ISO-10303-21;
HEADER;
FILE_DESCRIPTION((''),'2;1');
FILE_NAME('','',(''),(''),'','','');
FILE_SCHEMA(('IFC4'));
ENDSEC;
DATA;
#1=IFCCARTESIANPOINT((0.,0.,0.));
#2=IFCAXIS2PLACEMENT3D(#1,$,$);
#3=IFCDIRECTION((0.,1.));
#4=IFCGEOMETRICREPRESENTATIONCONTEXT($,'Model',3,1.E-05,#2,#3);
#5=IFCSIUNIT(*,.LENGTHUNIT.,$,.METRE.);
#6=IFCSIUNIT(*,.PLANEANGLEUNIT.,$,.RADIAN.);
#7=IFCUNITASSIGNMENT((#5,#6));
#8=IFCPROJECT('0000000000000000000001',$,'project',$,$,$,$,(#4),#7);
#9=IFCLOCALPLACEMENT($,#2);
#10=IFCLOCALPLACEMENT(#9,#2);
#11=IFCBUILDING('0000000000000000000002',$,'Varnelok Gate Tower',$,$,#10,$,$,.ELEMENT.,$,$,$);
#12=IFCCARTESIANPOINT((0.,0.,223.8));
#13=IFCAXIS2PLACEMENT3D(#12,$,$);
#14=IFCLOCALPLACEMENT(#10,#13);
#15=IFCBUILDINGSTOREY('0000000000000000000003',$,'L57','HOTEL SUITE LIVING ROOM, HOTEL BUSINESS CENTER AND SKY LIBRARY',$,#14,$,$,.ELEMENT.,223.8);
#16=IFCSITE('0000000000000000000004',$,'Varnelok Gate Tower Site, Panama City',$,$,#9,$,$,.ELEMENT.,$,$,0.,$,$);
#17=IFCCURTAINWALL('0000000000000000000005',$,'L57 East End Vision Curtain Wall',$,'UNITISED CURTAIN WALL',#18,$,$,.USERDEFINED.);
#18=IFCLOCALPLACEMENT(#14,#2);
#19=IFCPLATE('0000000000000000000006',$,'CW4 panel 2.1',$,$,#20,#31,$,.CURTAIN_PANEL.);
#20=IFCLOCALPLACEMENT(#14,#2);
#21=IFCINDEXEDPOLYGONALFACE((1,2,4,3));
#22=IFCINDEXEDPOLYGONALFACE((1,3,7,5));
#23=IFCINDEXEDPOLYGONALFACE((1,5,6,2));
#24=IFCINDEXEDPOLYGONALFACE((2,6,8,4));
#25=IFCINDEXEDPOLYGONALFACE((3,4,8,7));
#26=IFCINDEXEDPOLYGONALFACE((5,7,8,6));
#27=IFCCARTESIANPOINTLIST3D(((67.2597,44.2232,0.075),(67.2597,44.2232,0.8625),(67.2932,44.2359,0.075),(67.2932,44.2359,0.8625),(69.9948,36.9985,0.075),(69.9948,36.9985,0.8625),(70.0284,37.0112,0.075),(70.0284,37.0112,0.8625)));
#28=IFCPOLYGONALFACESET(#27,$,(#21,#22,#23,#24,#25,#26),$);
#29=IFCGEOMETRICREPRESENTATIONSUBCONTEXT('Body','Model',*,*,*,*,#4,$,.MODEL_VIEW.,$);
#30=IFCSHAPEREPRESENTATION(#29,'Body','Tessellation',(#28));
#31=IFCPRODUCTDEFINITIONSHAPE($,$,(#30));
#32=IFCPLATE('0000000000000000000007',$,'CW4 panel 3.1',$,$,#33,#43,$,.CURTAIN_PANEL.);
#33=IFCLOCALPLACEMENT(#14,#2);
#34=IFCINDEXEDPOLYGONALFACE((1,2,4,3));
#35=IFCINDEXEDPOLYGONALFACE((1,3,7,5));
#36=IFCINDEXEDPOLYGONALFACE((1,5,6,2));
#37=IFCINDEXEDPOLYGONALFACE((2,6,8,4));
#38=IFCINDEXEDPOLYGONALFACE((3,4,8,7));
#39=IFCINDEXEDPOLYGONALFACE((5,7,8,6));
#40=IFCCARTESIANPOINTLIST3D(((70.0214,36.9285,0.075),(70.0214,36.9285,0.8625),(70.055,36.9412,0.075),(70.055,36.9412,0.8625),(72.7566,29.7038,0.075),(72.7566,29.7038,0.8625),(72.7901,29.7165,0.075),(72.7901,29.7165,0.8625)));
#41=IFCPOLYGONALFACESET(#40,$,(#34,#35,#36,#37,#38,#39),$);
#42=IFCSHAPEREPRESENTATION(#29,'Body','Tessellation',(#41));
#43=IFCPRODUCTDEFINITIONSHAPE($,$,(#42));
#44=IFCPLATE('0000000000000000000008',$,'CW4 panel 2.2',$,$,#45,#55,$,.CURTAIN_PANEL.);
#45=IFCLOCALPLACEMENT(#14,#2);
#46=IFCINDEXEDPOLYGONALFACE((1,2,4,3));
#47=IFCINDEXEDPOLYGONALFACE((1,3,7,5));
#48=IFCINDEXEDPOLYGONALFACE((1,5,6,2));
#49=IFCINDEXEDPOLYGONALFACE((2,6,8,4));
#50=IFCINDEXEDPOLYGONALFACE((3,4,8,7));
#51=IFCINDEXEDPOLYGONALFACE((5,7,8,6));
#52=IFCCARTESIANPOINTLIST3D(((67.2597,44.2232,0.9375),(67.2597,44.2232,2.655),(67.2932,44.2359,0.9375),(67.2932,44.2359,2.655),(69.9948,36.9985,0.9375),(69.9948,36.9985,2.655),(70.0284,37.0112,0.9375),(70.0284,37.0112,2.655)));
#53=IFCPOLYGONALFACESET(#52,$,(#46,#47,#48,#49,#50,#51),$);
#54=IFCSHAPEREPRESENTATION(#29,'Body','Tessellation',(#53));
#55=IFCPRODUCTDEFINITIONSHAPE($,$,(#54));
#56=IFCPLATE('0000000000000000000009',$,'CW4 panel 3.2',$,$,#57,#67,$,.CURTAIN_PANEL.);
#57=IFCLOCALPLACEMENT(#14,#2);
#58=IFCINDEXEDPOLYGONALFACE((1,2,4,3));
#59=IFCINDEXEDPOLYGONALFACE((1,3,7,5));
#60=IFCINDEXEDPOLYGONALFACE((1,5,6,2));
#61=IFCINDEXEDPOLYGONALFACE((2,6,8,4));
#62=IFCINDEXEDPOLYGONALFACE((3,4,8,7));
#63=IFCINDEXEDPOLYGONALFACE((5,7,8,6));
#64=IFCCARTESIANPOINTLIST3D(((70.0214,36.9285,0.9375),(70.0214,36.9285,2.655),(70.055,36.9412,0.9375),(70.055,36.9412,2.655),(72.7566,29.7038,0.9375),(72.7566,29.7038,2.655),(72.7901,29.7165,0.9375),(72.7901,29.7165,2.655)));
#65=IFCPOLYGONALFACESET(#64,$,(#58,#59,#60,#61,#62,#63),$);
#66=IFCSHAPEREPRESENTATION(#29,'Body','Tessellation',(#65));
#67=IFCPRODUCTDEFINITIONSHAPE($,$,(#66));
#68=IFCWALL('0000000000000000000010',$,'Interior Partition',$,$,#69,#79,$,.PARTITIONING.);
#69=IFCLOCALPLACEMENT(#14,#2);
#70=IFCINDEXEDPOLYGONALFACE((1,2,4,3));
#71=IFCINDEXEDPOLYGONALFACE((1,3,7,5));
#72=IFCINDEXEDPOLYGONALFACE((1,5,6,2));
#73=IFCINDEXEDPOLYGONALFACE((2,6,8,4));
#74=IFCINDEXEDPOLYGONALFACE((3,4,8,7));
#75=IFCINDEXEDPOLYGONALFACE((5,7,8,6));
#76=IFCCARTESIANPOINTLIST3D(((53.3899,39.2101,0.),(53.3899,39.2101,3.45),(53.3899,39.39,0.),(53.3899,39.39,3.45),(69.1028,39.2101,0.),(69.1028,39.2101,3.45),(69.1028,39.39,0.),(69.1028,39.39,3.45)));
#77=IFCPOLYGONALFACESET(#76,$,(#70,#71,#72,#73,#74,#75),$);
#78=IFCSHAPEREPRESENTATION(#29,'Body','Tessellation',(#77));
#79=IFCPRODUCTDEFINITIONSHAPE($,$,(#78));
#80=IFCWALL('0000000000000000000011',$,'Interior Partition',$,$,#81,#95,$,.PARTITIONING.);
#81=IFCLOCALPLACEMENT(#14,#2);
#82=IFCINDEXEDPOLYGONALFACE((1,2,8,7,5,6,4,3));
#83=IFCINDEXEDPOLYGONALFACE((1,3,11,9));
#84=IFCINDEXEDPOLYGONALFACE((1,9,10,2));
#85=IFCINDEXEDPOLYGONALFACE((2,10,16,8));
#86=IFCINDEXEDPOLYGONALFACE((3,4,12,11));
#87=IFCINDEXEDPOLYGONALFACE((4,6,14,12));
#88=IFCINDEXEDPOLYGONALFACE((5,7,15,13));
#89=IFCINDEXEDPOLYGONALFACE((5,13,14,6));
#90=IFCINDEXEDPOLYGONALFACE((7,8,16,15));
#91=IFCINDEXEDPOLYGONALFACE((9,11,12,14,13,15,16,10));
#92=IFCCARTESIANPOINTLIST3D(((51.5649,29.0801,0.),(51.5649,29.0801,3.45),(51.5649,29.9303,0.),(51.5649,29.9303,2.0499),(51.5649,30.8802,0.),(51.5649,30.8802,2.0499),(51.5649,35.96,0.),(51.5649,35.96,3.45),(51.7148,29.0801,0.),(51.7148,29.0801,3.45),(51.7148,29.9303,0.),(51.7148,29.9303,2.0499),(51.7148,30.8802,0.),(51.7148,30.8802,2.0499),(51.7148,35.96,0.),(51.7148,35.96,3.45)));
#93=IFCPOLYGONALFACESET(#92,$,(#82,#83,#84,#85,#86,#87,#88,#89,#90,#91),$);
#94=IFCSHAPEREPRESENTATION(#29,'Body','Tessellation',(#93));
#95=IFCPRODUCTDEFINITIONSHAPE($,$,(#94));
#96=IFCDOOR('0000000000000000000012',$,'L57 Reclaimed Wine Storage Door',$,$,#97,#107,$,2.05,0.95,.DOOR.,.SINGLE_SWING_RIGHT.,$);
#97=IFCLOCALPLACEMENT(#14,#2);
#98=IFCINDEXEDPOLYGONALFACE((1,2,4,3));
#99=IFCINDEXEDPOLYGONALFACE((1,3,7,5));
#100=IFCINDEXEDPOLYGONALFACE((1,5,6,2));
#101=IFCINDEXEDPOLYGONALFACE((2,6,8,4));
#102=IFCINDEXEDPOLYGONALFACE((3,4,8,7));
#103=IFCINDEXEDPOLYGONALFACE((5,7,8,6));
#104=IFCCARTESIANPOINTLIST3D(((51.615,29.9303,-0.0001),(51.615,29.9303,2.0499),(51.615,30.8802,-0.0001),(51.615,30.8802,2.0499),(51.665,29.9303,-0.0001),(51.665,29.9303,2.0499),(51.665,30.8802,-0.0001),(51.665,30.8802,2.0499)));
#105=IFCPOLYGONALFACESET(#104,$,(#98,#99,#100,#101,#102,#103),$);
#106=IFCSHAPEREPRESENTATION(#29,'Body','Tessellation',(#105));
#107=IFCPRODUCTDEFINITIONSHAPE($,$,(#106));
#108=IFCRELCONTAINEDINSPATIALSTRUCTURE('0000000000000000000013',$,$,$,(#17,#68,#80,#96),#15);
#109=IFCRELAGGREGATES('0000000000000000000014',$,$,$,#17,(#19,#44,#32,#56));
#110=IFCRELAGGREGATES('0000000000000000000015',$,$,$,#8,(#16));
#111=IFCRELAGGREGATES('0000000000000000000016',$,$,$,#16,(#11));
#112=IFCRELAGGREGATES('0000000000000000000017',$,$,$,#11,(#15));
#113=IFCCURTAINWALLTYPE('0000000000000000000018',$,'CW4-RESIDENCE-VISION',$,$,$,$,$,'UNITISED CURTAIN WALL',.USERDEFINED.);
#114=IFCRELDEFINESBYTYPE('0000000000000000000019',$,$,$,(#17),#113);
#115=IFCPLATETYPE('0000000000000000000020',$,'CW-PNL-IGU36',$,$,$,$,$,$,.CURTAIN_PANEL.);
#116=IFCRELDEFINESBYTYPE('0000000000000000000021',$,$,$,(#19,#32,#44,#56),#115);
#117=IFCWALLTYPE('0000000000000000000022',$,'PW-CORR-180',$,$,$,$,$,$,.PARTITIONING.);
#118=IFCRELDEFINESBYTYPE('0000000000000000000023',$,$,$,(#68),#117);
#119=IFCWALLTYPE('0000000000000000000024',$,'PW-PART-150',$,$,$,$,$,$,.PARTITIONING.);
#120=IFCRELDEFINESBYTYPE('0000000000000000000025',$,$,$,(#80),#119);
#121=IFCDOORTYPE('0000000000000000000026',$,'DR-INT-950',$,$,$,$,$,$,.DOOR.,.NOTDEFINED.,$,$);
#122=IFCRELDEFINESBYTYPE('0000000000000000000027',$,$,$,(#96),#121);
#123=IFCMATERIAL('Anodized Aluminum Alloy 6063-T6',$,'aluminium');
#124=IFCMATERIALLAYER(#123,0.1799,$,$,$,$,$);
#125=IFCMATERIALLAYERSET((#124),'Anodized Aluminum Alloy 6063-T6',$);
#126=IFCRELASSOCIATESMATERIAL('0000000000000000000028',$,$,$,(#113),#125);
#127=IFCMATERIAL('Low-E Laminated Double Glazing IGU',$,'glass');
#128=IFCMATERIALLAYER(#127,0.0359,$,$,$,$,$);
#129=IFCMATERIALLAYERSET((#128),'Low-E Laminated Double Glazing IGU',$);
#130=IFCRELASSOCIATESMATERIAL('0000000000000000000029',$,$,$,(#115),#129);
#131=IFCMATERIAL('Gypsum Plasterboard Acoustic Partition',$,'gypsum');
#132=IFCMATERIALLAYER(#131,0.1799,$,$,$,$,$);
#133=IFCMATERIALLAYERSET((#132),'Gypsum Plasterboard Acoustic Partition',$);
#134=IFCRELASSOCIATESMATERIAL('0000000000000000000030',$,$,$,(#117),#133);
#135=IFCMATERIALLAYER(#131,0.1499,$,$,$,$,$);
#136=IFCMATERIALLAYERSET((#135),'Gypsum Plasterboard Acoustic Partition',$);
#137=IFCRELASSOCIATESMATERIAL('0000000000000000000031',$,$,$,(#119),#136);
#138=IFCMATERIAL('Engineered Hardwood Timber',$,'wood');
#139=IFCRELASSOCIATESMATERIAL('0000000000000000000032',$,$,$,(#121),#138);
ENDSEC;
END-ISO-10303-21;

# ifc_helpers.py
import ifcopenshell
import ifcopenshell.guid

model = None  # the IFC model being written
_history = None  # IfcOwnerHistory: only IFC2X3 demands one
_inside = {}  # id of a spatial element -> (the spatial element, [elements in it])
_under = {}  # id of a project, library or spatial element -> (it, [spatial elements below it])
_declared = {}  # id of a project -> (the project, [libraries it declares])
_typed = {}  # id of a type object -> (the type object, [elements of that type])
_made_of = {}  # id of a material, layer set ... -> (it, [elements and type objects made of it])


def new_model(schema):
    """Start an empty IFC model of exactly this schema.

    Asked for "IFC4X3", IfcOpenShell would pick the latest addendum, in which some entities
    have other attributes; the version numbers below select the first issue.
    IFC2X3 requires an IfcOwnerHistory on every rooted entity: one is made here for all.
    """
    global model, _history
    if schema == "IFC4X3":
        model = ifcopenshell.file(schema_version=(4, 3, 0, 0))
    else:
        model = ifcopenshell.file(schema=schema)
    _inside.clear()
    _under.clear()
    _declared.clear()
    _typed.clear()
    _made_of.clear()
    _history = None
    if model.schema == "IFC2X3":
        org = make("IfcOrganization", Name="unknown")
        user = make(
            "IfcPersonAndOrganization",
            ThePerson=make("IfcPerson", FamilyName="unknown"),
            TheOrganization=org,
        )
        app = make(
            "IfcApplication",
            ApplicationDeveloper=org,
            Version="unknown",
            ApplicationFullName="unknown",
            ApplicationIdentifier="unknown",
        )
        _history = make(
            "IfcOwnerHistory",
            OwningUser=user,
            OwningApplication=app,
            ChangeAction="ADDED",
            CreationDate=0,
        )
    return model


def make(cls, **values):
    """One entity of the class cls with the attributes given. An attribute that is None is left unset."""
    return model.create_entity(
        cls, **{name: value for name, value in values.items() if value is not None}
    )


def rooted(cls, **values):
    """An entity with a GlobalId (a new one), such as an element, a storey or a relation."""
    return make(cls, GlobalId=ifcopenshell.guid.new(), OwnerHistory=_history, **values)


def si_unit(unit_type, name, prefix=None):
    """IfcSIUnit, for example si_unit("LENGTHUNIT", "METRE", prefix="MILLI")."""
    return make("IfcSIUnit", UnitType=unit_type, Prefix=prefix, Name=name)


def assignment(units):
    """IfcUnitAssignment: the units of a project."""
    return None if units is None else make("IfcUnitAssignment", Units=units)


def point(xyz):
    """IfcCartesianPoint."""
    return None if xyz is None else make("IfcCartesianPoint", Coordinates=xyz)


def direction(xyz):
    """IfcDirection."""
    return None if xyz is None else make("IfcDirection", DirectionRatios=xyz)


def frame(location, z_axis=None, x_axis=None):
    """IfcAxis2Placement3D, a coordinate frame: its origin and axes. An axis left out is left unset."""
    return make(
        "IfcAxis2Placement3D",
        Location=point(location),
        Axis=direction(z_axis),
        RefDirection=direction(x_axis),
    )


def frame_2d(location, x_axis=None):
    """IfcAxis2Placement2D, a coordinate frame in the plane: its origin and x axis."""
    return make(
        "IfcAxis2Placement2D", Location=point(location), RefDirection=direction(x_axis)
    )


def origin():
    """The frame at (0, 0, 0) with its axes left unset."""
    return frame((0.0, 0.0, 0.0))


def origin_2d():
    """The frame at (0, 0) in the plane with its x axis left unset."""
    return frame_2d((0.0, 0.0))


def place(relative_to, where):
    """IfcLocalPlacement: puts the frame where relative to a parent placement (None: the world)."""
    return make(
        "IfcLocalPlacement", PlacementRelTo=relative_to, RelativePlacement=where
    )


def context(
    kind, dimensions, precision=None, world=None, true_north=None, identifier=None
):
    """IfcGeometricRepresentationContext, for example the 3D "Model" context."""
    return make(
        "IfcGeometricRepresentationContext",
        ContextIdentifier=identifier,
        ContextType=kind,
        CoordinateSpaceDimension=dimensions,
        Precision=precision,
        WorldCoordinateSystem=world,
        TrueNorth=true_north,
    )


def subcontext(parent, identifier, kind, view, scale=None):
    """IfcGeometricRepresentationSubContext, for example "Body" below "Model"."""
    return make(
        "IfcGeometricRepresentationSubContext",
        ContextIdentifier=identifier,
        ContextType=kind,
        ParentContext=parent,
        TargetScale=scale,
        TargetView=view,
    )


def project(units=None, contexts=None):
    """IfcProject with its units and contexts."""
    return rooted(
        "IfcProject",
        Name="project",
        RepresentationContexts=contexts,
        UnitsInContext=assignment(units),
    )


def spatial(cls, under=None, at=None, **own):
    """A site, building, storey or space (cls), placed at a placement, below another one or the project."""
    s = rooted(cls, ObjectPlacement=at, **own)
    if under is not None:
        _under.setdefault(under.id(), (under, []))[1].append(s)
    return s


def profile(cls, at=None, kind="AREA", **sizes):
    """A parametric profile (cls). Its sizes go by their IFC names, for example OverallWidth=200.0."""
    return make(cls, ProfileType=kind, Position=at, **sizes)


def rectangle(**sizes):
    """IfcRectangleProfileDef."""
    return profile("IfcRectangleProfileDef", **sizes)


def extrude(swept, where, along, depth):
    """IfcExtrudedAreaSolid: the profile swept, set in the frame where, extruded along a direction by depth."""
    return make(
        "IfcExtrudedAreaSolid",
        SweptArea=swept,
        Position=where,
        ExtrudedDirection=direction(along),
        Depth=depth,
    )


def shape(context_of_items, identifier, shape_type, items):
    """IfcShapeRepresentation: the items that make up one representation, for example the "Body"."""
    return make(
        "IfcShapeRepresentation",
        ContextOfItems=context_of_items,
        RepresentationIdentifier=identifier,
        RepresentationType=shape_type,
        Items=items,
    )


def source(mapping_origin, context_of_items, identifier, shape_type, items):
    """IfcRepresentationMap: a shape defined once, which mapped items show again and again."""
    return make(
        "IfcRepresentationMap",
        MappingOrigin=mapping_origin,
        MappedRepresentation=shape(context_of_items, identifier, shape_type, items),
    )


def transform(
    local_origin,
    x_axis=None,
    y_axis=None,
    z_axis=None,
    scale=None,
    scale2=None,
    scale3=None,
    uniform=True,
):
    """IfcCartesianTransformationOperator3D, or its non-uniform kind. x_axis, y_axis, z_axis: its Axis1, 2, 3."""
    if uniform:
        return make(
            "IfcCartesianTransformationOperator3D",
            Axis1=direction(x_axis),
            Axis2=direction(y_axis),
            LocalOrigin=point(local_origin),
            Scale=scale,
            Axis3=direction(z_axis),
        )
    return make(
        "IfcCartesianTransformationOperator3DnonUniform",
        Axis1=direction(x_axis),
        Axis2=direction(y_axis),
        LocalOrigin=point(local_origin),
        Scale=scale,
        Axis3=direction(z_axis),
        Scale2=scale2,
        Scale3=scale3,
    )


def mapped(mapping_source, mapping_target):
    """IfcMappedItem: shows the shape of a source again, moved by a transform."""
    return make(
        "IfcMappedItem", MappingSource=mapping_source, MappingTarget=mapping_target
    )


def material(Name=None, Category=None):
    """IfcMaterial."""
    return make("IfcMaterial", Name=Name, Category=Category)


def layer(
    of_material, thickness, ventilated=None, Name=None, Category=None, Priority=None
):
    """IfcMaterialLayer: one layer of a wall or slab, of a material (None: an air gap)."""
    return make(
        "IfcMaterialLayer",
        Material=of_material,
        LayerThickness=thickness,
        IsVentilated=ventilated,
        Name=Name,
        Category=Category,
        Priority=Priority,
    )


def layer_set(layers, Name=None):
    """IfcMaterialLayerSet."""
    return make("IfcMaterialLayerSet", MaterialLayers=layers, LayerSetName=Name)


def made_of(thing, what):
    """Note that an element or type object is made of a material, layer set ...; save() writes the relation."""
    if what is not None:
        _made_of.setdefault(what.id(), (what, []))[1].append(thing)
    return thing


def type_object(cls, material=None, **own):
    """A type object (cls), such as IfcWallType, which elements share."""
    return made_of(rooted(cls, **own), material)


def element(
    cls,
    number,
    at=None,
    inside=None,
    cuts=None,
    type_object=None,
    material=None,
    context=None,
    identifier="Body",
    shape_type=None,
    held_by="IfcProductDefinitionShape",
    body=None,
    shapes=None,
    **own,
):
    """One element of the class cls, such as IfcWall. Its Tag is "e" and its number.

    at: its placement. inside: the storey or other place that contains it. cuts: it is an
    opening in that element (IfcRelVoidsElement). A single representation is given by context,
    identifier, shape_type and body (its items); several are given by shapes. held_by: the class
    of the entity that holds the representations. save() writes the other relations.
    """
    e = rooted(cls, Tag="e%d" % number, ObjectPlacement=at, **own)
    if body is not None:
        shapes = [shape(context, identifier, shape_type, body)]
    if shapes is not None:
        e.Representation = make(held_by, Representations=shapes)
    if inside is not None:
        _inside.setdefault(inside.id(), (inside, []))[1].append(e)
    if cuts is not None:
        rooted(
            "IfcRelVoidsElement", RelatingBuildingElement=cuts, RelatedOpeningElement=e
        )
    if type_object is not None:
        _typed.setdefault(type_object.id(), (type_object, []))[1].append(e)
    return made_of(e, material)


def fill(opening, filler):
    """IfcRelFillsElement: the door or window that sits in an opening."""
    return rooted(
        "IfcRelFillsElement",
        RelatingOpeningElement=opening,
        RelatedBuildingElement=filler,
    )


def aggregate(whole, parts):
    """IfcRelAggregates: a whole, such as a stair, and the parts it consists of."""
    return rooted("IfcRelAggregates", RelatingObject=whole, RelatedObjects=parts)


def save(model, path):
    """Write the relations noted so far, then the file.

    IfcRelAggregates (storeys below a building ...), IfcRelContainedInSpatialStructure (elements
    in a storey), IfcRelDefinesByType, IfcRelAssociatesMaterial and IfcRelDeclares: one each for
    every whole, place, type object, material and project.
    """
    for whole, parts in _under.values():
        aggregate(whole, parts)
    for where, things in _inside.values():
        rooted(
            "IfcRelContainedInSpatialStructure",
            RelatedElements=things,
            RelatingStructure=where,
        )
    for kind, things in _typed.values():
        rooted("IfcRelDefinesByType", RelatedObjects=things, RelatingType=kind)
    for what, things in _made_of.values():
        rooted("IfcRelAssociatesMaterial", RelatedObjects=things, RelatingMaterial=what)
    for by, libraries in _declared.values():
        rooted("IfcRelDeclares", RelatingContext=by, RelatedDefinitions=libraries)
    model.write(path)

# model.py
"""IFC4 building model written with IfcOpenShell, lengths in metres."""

from ifc_helpers import new_model, si_unit, direction, frame, frame_2d, origin, origin_2d, place, context, subcontext, project, spatial, rectangle, extrude, source, transform, mapped, material, layer, layer_set, type_object, element, fill, aggregate, save


model = new_model("IFC4")

# Units and contexts
model_context = context("Model", 3, precision=1e-05, world=origin(), true_north=direction((0.0, 1.0)))
body_context = subcontext(model_context, "Body", "Model", "MODEL_VIEW")
ifc_project = project(units=[si_unit("LENGTHUNIT", "METRE"), si_unit("PLANEANGLEUNIT", "RADIAN")], contexts=[model_context])

# Site, building, storey
site_placement = place(None, origin())
site = spatial("IfcSite", under=ifc_project, at=site_placement, Name="Varnelok Gate Tower Site, Panama City", CompositionType="ELEMENT", RefElevation=0.0)
building_placement = place(site_placement, origin())
building = spatial("IfcBuilding", under=site, at=building_placement, Name="Varnelok Gate Tower", CompositionType="ELEMENT")
storey_placement = place(building_placement, frame((0.0, 0.0, 223.8)))
storey = spatial("IfcBuildingStorey", under=building, at=storey_placement, Name="L57", Description="HOTEL SUITE LIVING ROOM, HOTEL BUSINESS CENTER AND SKY LIBRARY", CompositionType="ELEMENT", Elevation=223.8)

# Curtain wall, plates
ifc_material_1 = material(Name="Anodized Aluminum Alloy 6063-T6", Category="aluminium")
ifc_layer_1 = layer(ifc_material_1, 0.1799)
ifc_layer_set_1 = layer_set([ifc_layer_1], Name="Anodized Aluminum Alloy 6063-T6")
curtain_wall_type = type_object("IfcCurtainWallType", Name="CW4-RESIDENCE-VISION", ElementType="UNITISED CURTAIN WALL", PredefinedType="USERDEFINED", material=ifc_layer_set_1)
curtain_wall_placement = place(storey_placement, origin())
curtain_wall = element("IfcCurtainWall", 1, at=curtain_wall_placement, inside=storey, type_object=curtain_wall_type, Name="L57 East End Vision Curtain Wall", ObjectType="UNITISED CURTAIN WALL", PredefinedType="USERDEFINED")
ifc_material_2 = material(Name="Low-E Laminated Double Glazing IGU", Category="glass")
ifc_layer_2 = layer(ifc_material_2, 0.0359)
ifc_layer_set_2 = layer_set([ifc_layer_2], Name="Low-E Laminated Double Glazing IGU")
plate_type = type_object("IfcPlateType", Name="CW-PNL-IGU36", PredefinedType="CURTAIN_PANEL", material=ifc_layer_set_2)
shared_shape_1 = source(origin(), body_context, "Body", "SweptSolid", [
    extrude(rectangle(XDim=7.7251, YDim=0.0359, at=origin_2d()), origin(), (0.0, 0.0, 1.0), 0.7876),
])
plate_1_placement = place(storey_placement, frame((68.644, 40.6172, 0.075), z_axis=(0.0, 0.0, 1.0), x_axis=(0.354063, -0.935222, 0.0)))
plate_1 = element("IfcPlate", 2, at=plate_1_placement, type_object=plate_type, Name="CW4 panel 2.1", PredefinedType="CURTAIN_PANEL", context=body_context, shape_type="MappedRepresentation", body=[
    mapped(shared_shape_1, transform((0.0, 0.0, 0.0), scale=1.0)),
])
plate_2_placement = place(storey_placement, frame((71.4058, 33.3225, 0.075), z_axis=(0.0, 0.0, 1.0), x_axis=(0.354063, -0.935222, 0.0)))
plate_2 = element("IfcPlate", 3, at=plate_2_placement, type_object=plate_type, Name="CW4 panel 3.1", PredefinedType="CURTAIN_PANEL", context=body_context, shape_type="MappedRepresentation", body=[
    mapped(shared_shape_1, transform((0.0, 0.0, 0.0), scale=1.0)),
])
shared_shape_2 = source(origin(), body_context, "Body", "SweptSolid", [
    extrude(rectangle(XDim=7.7251, YDim=0.0359, at=origin_2d()), origin(), (0.0, 0.0, 1.0), 1.7175),
])
plate_3_placement = place(storey_placement, frame((68.644, 40.6172, 0.9375), z_axis=(0.0, 0.0, 1.0), x_axis=(0.354063, -0.935222, 0.0)))
plate_3 = element("IfcPlate", 4, at=plate_3_placement, type_object=plate_type, Name="CW4 panel 2.2", PredefinedType="CURTAIN_PANEL", context=body_context, shape_type="MappedRepresentation", body=[
    mapped(shared_shape_2, transform((0.0, 0.0, 0.0), scale=1.0)),
])
plate_4_placement = place(storey_placement, frame((71.4058, 33.3225, 0.9375), z_axis=(0.0, 0.0, 1.0), x_axis=(0.354063, -0.935222, 0.0)))
plate_4 = element("IfcPlate", 5, at=plate_4_placement, type_object=plate_type, Name="CW4 panel 3.2", PredefinedType="CURTAIN_PANEL", context=body_context, shape_type="MappedRepresentation", body=[
    mapped(shared_shape_2, transform((0.0, 0.0, 0.0), scale=1.0)),
])
aggregate(curtain_wall, [plate_1, plate_3, plate_2, plate_4])

# Wall
ifc_material_3 = material(Name="Gypsum Plasterboard Acoustic Partition", Category="gypsum")
ifc_layer_3 = layer(ifc_material_3, 0.1799)
ifc_layer_set_3 = layer_set([ifc_layer_3], Name="Gypsum Plasterboard Acoustic Partition")
wall_type_1 = type_object("IfcWallType", Name="PW-CORR-180", PredefinedType="PARTITIONING", material=ifc_layer_set_3)
wall_1_placement = place(storey_placement, frame((53.3899, 39.3, 0.0), z_axis=(0.0, 0.0, 1.0), x_axis=(1.0, 0.0, 0.0)))
element("IfcWall", 6, at=wall_1_placement, inside=storey, type_object=wall_type_1, Name="Interior Partition", PredefinedType="PARTITIONING", context=body_context, shape_type="SweptSolid", body=[
    extrude(rectangle(XDim=15.7129, YDim=0.1799, at=frame_2d((7.8564, 0.0))), origin(), (0.0, 0.0, 1.0), 3.45),
])

# Wall, opening, door
ifc_layer_4 = layer(ifc_material_3, 0.1499)
ifc_layer_set_4 = layer_set([ifc_layer_4], Name="Gypsum Plasterboard Acoustic Partition")
wall_type_2 = type_object("IfcWallType", Name="PW-PART-150", PredefinedType="PARTITIONING", material=ifc_layer_set_4)
wall_2_placement = place(storey_placement, frame((51.6399, 29.0801, 0.0), z_axis=(0.0, 0.0, 1.0), x_axis=(0.0, 1.0, 0.0)))
wall_2 = element("IfcWall", 7, at=wall_2_placement, inside=storey, type_object=wall_type_2, Name="Interior Partition", PredefinedType="PARTITIONING", context=body_context, shape_type="SweptSolid", body=[
    extrude(rectangle(XDim=6.8799, YDim=0.1499, at=frame_2d((3.4399, 0.0))), origin(), (0.0, 0.0, 1.0), 3.45),
])
opening_placement = place(wall_2_placement, frame((0.8501, 0.0, 0.0)))
opening = element("IfcOpeningElement", 8, at=opening_placement, cuts=wall_2, PredefinedType="OPENING", context=body_context, shape_type="SweptSolid", body=[
    extrude(rectangle(XDim=0.95, YDim=2.05, at=frame_2d((0.4751, 1.0249))), frame((0.0, 0.085, 0.0), z_axis=(0.0, -1.0, 0.0), x_axis=(1.0, 0.0, 0.0)), (0.0, 0.0, 1.0), 0.1699),
])
ifc_material_4 = material(Name="Engineered Hardwood Timber", Category="wood")
door_type = type_object("IfcDoorType", Name="DR-INT-950", OperationType="NOTDEFINED", PredefinedType="DOOR", material=ifc_material_4)
door_placement = place(opening_placement, origin())
door = element("IfcDoor", 9, at=door_placement, inside=storey, type_object=door_type, Name="L57 Reclaimed Wine Storage Door", OperationType="SINGLE_SWING_RIGHT", OverallHeight=2.05, OverallWidth=0.95, PredefinedType="DOOR", context=body_context, shape_type="SweptSolid", body=[
    extrude(rectangle(XDim=0.95, YDim=2.05, at=frame_2d((0.4751, 1.0249))), frame((0.0, 0.0249, 0.0), z_axis=(0.0, -1.0, 0.0), x_axis=(1.0, 0.0, 0.0)), (0.0, 0.0, 1.0), 0.05),
])
fill(opening, door)

save(model, "model.ifc")
